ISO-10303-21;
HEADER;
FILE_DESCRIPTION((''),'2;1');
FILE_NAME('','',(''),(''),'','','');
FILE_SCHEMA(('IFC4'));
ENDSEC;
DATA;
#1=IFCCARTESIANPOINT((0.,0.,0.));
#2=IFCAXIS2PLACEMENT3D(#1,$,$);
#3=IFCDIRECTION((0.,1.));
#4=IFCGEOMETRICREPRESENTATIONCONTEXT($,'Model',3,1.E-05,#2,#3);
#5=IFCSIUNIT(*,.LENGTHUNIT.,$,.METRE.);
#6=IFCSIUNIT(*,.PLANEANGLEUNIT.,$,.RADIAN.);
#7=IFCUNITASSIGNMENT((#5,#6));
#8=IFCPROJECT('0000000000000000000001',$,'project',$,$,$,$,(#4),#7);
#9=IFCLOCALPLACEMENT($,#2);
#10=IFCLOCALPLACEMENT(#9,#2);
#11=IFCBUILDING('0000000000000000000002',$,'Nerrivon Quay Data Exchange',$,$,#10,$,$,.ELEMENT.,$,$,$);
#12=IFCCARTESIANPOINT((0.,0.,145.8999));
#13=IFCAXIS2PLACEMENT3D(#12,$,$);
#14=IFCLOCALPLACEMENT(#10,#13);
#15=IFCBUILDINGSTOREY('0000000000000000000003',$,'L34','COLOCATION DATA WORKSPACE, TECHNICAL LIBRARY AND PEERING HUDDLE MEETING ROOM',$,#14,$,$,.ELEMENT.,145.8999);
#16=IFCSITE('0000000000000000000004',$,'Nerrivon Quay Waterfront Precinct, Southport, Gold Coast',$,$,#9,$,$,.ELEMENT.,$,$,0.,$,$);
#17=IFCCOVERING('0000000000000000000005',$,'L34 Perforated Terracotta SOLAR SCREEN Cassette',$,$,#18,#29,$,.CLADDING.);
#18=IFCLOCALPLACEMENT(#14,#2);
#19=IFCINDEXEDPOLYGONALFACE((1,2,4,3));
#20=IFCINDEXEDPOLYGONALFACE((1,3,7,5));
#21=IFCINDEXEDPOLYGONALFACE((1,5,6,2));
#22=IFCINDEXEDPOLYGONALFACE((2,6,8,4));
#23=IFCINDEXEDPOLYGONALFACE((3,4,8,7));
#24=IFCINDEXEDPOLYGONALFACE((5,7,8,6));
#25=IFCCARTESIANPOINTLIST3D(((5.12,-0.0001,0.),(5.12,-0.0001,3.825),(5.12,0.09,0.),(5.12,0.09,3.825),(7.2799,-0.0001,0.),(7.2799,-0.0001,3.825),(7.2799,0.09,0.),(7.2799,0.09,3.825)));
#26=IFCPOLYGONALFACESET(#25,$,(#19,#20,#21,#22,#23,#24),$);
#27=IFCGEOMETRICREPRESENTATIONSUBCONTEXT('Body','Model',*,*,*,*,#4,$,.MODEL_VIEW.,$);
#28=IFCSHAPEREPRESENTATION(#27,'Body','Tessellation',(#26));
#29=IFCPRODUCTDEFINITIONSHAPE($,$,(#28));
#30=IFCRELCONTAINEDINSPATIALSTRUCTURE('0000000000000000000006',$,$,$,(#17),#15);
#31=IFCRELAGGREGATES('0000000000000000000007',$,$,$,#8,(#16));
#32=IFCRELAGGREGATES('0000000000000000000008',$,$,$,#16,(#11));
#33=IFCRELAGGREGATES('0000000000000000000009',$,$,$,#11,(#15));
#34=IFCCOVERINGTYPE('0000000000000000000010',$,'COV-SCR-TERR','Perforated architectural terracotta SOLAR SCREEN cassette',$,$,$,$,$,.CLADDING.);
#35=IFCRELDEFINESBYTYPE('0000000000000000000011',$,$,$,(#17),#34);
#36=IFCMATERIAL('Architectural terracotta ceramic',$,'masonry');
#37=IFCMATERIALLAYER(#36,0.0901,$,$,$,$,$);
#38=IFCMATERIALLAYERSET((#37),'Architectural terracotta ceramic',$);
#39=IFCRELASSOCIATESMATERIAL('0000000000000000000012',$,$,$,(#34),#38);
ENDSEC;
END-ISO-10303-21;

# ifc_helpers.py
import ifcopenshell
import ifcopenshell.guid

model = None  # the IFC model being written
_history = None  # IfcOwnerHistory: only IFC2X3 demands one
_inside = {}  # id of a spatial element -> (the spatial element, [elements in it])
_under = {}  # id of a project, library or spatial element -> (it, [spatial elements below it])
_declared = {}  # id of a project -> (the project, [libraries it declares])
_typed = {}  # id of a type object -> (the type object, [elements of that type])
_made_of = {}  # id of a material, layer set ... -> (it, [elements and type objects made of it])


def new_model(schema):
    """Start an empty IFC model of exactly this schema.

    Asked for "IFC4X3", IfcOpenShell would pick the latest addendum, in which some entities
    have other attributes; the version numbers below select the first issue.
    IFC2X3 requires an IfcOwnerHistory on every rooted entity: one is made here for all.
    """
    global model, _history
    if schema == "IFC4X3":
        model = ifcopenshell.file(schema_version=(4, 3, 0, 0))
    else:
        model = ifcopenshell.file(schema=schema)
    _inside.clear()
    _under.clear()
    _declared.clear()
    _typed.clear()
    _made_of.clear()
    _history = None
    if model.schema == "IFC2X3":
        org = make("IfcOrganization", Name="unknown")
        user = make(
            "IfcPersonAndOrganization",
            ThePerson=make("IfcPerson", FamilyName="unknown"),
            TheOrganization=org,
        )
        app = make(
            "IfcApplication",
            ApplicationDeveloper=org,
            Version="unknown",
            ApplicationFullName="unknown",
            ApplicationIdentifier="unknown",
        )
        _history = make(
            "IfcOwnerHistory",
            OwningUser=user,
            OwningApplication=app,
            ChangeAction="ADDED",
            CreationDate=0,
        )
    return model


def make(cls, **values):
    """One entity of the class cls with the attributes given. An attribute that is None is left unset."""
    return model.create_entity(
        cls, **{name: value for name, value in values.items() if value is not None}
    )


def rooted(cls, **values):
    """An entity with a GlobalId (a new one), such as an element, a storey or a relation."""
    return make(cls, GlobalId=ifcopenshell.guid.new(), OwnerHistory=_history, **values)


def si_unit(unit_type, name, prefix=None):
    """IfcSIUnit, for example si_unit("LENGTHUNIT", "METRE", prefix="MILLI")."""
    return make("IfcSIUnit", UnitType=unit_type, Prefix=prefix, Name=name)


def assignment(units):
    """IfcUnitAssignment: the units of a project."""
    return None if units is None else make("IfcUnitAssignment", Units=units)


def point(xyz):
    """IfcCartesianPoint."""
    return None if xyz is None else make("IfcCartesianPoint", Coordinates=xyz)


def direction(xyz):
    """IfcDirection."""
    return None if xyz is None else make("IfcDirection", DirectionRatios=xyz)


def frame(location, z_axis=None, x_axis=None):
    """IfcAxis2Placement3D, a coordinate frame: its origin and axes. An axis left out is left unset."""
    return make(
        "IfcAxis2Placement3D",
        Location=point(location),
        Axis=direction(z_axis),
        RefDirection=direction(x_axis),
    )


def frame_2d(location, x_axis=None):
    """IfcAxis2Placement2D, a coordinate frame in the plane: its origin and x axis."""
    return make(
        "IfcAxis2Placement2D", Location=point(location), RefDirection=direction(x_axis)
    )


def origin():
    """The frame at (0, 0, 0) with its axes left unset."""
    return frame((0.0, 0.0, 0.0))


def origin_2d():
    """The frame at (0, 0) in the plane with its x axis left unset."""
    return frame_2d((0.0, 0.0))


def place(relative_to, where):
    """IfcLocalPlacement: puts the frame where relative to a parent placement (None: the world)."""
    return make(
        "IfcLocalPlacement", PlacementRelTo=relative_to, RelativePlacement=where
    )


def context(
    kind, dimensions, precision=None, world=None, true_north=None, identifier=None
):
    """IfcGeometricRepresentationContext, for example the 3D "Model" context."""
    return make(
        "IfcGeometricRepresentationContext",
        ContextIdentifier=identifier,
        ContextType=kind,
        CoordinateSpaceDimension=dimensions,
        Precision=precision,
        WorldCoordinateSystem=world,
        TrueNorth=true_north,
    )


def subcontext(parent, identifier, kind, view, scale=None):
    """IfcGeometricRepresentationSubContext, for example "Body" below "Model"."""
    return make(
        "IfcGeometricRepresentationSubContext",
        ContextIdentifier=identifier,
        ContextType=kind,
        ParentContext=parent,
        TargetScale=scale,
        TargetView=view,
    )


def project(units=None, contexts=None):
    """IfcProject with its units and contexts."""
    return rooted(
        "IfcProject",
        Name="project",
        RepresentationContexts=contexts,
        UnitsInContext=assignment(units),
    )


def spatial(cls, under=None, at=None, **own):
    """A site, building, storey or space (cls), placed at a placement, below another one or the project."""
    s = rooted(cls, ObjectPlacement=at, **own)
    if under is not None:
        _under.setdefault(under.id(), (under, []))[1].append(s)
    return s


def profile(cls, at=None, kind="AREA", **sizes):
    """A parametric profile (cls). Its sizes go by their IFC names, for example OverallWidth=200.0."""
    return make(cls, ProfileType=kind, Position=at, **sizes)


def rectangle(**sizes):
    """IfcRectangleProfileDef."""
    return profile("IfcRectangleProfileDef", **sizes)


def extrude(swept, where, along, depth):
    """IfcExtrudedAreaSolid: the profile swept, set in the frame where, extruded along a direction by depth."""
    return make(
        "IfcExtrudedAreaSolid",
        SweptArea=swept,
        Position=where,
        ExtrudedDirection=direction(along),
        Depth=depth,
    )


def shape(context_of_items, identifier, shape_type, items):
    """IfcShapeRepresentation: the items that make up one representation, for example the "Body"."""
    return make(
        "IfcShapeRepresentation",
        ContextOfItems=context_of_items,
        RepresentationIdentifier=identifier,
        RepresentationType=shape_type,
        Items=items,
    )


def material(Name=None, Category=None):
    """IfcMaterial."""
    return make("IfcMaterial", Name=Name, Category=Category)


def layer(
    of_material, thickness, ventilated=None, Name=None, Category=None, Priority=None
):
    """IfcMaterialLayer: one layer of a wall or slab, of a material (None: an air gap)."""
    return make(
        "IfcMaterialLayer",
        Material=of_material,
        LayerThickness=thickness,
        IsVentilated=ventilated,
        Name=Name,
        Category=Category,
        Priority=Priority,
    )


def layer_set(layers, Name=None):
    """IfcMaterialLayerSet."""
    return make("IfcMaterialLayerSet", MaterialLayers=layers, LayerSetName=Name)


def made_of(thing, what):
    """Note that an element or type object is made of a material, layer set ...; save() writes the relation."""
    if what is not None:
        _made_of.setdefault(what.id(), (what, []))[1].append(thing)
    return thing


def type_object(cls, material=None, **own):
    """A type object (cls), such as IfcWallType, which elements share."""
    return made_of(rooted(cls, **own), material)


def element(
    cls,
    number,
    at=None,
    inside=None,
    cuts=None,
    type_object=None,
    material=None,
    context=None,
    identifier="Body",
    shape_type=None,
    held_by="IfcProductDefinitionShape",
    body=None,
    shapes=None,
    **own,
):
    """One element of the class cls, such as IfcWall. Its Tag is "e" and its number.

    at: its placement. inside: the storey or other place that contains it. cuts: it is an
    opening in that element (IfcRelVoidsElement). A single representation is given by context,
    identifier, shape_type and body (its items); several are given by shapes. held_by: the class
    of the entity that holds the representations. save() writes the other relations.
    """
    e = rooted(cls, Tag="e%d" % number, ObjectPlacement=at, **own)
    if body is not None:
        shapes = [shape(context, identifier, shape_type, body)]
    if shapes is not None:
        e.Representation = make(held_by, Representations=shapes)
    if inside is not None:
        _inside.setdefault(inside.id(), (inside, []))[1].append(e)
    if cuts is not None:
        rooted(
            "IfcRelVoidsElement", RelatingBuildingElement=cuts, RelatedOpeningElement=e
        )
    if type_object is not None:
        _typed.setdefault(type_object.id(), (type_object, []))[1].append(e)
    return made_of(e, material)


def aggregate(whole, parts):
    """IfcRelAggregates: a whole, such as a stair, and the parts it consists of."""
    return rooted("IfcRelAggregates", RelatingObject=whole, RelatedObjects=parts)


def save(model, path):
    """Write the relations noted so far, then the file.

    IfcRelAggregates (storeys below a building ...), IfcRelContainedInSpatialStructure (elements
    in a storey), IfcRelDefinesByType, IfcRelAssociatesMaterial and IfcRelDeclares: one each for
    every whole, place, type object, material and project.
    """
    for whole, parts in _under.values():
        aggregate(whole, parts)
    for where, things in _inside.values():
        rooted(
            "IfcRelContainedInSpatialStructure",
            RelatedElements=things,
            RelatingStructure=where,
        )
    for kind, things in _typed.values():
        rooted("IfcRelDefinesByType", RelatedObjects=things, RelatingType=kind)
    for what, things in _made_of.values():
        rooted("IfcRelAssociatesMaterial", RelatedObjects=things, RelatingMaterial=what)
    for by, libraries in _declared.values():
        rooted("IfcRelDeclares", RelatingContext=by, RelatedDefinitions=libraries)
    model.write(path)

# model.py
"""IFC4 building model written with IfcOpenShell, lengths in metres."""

from ifc_helpers import new_model, si_unit, direction, frame, origin, origin_2d, place, context, subcontext, project, spatial, rectangle, extrude, material, layer, layer_set, type_object, element, save


model = new_model("IFC4")

# Units and contexts
model_context = context("Model", 3, precision=1e-05, world=origin(), true_north=direction((0.0, 1.0)))
body_context = subcontext(model_context, "Body", "Model", "MODEL_VIEW")
ifc_project = project(units=[si_unit("LENGTHUNIT", "METRE"), si_unit("PLANEANGLEUNIT", "RADIAN")], contexts=[model_context])

# Site, building, storey
site_placement = place(None, origin())
site = spatial("IfcSite", under=ifc_project, at=site_placement, Name="Nerrivon Quay Waterfront Precinct, Southport, Gold Coast", CompositionType="ELEMENT", RefElevation=0.0)
building_placement = place(site_placement, origin())
building = spatial("IfcBuilding", under=site, at=building_placement, Name="Nerrivon Quay Data Exchange", CompositionType="ELEMENT")
storey_placement = place(building_placement, frame((0.0, 0.0, 145.8999)))
storey = spatial("IfcBuildingStorey", under=building, at=storey_placement, Name="L34", Description="COLOCATION DATA WORKSPACE, TECHNICAL LIBRARY AND PEERING HUDDLE MEETING ROOM", CompositionType="ELEMENT", Elevation=145.8999)

# Covering
ifc_material_1 = material(Name="Architectural terracotta ceramic", Category="masonry")
ifc_layer_1 = layer(ifc_material_1, 0.0901)
ifc_layer_set_1 = layer_set([ifc_layer_1], Name="Architectural terracotta ceramic")
covering_type = type_object("IfcCoveringType", Name="COV-SCR-TERR", Description="Perforated architectural terracotta SOLAR SCREEN cassette", PredefinedType="CLADDING", material=ifc_layer_set_1)
covering_1_placement = place(storey_placement, frame((6.2, 0.0449, 0.0), z_axis=(0.0, 0.0, 1.0), x_axis=(-1.0, 0.0, 0.0)))
element("IfcCovering", 1, at=covering_1_placement, inside=storey, type_object=covering_type, Name="L34 Perforated Terracotta SOLAR SCREEN Cassette", PredefinedType="CLADDING", context=body_context, shape_type="SweptSolid", body=[
    extrude(rectangle(XDim=2.1599, YDim=0.0901, at=origin_2d()), origin(), (0.0, 0.0, 1.0), 3.825),
])

save(model, "model.ifc")
